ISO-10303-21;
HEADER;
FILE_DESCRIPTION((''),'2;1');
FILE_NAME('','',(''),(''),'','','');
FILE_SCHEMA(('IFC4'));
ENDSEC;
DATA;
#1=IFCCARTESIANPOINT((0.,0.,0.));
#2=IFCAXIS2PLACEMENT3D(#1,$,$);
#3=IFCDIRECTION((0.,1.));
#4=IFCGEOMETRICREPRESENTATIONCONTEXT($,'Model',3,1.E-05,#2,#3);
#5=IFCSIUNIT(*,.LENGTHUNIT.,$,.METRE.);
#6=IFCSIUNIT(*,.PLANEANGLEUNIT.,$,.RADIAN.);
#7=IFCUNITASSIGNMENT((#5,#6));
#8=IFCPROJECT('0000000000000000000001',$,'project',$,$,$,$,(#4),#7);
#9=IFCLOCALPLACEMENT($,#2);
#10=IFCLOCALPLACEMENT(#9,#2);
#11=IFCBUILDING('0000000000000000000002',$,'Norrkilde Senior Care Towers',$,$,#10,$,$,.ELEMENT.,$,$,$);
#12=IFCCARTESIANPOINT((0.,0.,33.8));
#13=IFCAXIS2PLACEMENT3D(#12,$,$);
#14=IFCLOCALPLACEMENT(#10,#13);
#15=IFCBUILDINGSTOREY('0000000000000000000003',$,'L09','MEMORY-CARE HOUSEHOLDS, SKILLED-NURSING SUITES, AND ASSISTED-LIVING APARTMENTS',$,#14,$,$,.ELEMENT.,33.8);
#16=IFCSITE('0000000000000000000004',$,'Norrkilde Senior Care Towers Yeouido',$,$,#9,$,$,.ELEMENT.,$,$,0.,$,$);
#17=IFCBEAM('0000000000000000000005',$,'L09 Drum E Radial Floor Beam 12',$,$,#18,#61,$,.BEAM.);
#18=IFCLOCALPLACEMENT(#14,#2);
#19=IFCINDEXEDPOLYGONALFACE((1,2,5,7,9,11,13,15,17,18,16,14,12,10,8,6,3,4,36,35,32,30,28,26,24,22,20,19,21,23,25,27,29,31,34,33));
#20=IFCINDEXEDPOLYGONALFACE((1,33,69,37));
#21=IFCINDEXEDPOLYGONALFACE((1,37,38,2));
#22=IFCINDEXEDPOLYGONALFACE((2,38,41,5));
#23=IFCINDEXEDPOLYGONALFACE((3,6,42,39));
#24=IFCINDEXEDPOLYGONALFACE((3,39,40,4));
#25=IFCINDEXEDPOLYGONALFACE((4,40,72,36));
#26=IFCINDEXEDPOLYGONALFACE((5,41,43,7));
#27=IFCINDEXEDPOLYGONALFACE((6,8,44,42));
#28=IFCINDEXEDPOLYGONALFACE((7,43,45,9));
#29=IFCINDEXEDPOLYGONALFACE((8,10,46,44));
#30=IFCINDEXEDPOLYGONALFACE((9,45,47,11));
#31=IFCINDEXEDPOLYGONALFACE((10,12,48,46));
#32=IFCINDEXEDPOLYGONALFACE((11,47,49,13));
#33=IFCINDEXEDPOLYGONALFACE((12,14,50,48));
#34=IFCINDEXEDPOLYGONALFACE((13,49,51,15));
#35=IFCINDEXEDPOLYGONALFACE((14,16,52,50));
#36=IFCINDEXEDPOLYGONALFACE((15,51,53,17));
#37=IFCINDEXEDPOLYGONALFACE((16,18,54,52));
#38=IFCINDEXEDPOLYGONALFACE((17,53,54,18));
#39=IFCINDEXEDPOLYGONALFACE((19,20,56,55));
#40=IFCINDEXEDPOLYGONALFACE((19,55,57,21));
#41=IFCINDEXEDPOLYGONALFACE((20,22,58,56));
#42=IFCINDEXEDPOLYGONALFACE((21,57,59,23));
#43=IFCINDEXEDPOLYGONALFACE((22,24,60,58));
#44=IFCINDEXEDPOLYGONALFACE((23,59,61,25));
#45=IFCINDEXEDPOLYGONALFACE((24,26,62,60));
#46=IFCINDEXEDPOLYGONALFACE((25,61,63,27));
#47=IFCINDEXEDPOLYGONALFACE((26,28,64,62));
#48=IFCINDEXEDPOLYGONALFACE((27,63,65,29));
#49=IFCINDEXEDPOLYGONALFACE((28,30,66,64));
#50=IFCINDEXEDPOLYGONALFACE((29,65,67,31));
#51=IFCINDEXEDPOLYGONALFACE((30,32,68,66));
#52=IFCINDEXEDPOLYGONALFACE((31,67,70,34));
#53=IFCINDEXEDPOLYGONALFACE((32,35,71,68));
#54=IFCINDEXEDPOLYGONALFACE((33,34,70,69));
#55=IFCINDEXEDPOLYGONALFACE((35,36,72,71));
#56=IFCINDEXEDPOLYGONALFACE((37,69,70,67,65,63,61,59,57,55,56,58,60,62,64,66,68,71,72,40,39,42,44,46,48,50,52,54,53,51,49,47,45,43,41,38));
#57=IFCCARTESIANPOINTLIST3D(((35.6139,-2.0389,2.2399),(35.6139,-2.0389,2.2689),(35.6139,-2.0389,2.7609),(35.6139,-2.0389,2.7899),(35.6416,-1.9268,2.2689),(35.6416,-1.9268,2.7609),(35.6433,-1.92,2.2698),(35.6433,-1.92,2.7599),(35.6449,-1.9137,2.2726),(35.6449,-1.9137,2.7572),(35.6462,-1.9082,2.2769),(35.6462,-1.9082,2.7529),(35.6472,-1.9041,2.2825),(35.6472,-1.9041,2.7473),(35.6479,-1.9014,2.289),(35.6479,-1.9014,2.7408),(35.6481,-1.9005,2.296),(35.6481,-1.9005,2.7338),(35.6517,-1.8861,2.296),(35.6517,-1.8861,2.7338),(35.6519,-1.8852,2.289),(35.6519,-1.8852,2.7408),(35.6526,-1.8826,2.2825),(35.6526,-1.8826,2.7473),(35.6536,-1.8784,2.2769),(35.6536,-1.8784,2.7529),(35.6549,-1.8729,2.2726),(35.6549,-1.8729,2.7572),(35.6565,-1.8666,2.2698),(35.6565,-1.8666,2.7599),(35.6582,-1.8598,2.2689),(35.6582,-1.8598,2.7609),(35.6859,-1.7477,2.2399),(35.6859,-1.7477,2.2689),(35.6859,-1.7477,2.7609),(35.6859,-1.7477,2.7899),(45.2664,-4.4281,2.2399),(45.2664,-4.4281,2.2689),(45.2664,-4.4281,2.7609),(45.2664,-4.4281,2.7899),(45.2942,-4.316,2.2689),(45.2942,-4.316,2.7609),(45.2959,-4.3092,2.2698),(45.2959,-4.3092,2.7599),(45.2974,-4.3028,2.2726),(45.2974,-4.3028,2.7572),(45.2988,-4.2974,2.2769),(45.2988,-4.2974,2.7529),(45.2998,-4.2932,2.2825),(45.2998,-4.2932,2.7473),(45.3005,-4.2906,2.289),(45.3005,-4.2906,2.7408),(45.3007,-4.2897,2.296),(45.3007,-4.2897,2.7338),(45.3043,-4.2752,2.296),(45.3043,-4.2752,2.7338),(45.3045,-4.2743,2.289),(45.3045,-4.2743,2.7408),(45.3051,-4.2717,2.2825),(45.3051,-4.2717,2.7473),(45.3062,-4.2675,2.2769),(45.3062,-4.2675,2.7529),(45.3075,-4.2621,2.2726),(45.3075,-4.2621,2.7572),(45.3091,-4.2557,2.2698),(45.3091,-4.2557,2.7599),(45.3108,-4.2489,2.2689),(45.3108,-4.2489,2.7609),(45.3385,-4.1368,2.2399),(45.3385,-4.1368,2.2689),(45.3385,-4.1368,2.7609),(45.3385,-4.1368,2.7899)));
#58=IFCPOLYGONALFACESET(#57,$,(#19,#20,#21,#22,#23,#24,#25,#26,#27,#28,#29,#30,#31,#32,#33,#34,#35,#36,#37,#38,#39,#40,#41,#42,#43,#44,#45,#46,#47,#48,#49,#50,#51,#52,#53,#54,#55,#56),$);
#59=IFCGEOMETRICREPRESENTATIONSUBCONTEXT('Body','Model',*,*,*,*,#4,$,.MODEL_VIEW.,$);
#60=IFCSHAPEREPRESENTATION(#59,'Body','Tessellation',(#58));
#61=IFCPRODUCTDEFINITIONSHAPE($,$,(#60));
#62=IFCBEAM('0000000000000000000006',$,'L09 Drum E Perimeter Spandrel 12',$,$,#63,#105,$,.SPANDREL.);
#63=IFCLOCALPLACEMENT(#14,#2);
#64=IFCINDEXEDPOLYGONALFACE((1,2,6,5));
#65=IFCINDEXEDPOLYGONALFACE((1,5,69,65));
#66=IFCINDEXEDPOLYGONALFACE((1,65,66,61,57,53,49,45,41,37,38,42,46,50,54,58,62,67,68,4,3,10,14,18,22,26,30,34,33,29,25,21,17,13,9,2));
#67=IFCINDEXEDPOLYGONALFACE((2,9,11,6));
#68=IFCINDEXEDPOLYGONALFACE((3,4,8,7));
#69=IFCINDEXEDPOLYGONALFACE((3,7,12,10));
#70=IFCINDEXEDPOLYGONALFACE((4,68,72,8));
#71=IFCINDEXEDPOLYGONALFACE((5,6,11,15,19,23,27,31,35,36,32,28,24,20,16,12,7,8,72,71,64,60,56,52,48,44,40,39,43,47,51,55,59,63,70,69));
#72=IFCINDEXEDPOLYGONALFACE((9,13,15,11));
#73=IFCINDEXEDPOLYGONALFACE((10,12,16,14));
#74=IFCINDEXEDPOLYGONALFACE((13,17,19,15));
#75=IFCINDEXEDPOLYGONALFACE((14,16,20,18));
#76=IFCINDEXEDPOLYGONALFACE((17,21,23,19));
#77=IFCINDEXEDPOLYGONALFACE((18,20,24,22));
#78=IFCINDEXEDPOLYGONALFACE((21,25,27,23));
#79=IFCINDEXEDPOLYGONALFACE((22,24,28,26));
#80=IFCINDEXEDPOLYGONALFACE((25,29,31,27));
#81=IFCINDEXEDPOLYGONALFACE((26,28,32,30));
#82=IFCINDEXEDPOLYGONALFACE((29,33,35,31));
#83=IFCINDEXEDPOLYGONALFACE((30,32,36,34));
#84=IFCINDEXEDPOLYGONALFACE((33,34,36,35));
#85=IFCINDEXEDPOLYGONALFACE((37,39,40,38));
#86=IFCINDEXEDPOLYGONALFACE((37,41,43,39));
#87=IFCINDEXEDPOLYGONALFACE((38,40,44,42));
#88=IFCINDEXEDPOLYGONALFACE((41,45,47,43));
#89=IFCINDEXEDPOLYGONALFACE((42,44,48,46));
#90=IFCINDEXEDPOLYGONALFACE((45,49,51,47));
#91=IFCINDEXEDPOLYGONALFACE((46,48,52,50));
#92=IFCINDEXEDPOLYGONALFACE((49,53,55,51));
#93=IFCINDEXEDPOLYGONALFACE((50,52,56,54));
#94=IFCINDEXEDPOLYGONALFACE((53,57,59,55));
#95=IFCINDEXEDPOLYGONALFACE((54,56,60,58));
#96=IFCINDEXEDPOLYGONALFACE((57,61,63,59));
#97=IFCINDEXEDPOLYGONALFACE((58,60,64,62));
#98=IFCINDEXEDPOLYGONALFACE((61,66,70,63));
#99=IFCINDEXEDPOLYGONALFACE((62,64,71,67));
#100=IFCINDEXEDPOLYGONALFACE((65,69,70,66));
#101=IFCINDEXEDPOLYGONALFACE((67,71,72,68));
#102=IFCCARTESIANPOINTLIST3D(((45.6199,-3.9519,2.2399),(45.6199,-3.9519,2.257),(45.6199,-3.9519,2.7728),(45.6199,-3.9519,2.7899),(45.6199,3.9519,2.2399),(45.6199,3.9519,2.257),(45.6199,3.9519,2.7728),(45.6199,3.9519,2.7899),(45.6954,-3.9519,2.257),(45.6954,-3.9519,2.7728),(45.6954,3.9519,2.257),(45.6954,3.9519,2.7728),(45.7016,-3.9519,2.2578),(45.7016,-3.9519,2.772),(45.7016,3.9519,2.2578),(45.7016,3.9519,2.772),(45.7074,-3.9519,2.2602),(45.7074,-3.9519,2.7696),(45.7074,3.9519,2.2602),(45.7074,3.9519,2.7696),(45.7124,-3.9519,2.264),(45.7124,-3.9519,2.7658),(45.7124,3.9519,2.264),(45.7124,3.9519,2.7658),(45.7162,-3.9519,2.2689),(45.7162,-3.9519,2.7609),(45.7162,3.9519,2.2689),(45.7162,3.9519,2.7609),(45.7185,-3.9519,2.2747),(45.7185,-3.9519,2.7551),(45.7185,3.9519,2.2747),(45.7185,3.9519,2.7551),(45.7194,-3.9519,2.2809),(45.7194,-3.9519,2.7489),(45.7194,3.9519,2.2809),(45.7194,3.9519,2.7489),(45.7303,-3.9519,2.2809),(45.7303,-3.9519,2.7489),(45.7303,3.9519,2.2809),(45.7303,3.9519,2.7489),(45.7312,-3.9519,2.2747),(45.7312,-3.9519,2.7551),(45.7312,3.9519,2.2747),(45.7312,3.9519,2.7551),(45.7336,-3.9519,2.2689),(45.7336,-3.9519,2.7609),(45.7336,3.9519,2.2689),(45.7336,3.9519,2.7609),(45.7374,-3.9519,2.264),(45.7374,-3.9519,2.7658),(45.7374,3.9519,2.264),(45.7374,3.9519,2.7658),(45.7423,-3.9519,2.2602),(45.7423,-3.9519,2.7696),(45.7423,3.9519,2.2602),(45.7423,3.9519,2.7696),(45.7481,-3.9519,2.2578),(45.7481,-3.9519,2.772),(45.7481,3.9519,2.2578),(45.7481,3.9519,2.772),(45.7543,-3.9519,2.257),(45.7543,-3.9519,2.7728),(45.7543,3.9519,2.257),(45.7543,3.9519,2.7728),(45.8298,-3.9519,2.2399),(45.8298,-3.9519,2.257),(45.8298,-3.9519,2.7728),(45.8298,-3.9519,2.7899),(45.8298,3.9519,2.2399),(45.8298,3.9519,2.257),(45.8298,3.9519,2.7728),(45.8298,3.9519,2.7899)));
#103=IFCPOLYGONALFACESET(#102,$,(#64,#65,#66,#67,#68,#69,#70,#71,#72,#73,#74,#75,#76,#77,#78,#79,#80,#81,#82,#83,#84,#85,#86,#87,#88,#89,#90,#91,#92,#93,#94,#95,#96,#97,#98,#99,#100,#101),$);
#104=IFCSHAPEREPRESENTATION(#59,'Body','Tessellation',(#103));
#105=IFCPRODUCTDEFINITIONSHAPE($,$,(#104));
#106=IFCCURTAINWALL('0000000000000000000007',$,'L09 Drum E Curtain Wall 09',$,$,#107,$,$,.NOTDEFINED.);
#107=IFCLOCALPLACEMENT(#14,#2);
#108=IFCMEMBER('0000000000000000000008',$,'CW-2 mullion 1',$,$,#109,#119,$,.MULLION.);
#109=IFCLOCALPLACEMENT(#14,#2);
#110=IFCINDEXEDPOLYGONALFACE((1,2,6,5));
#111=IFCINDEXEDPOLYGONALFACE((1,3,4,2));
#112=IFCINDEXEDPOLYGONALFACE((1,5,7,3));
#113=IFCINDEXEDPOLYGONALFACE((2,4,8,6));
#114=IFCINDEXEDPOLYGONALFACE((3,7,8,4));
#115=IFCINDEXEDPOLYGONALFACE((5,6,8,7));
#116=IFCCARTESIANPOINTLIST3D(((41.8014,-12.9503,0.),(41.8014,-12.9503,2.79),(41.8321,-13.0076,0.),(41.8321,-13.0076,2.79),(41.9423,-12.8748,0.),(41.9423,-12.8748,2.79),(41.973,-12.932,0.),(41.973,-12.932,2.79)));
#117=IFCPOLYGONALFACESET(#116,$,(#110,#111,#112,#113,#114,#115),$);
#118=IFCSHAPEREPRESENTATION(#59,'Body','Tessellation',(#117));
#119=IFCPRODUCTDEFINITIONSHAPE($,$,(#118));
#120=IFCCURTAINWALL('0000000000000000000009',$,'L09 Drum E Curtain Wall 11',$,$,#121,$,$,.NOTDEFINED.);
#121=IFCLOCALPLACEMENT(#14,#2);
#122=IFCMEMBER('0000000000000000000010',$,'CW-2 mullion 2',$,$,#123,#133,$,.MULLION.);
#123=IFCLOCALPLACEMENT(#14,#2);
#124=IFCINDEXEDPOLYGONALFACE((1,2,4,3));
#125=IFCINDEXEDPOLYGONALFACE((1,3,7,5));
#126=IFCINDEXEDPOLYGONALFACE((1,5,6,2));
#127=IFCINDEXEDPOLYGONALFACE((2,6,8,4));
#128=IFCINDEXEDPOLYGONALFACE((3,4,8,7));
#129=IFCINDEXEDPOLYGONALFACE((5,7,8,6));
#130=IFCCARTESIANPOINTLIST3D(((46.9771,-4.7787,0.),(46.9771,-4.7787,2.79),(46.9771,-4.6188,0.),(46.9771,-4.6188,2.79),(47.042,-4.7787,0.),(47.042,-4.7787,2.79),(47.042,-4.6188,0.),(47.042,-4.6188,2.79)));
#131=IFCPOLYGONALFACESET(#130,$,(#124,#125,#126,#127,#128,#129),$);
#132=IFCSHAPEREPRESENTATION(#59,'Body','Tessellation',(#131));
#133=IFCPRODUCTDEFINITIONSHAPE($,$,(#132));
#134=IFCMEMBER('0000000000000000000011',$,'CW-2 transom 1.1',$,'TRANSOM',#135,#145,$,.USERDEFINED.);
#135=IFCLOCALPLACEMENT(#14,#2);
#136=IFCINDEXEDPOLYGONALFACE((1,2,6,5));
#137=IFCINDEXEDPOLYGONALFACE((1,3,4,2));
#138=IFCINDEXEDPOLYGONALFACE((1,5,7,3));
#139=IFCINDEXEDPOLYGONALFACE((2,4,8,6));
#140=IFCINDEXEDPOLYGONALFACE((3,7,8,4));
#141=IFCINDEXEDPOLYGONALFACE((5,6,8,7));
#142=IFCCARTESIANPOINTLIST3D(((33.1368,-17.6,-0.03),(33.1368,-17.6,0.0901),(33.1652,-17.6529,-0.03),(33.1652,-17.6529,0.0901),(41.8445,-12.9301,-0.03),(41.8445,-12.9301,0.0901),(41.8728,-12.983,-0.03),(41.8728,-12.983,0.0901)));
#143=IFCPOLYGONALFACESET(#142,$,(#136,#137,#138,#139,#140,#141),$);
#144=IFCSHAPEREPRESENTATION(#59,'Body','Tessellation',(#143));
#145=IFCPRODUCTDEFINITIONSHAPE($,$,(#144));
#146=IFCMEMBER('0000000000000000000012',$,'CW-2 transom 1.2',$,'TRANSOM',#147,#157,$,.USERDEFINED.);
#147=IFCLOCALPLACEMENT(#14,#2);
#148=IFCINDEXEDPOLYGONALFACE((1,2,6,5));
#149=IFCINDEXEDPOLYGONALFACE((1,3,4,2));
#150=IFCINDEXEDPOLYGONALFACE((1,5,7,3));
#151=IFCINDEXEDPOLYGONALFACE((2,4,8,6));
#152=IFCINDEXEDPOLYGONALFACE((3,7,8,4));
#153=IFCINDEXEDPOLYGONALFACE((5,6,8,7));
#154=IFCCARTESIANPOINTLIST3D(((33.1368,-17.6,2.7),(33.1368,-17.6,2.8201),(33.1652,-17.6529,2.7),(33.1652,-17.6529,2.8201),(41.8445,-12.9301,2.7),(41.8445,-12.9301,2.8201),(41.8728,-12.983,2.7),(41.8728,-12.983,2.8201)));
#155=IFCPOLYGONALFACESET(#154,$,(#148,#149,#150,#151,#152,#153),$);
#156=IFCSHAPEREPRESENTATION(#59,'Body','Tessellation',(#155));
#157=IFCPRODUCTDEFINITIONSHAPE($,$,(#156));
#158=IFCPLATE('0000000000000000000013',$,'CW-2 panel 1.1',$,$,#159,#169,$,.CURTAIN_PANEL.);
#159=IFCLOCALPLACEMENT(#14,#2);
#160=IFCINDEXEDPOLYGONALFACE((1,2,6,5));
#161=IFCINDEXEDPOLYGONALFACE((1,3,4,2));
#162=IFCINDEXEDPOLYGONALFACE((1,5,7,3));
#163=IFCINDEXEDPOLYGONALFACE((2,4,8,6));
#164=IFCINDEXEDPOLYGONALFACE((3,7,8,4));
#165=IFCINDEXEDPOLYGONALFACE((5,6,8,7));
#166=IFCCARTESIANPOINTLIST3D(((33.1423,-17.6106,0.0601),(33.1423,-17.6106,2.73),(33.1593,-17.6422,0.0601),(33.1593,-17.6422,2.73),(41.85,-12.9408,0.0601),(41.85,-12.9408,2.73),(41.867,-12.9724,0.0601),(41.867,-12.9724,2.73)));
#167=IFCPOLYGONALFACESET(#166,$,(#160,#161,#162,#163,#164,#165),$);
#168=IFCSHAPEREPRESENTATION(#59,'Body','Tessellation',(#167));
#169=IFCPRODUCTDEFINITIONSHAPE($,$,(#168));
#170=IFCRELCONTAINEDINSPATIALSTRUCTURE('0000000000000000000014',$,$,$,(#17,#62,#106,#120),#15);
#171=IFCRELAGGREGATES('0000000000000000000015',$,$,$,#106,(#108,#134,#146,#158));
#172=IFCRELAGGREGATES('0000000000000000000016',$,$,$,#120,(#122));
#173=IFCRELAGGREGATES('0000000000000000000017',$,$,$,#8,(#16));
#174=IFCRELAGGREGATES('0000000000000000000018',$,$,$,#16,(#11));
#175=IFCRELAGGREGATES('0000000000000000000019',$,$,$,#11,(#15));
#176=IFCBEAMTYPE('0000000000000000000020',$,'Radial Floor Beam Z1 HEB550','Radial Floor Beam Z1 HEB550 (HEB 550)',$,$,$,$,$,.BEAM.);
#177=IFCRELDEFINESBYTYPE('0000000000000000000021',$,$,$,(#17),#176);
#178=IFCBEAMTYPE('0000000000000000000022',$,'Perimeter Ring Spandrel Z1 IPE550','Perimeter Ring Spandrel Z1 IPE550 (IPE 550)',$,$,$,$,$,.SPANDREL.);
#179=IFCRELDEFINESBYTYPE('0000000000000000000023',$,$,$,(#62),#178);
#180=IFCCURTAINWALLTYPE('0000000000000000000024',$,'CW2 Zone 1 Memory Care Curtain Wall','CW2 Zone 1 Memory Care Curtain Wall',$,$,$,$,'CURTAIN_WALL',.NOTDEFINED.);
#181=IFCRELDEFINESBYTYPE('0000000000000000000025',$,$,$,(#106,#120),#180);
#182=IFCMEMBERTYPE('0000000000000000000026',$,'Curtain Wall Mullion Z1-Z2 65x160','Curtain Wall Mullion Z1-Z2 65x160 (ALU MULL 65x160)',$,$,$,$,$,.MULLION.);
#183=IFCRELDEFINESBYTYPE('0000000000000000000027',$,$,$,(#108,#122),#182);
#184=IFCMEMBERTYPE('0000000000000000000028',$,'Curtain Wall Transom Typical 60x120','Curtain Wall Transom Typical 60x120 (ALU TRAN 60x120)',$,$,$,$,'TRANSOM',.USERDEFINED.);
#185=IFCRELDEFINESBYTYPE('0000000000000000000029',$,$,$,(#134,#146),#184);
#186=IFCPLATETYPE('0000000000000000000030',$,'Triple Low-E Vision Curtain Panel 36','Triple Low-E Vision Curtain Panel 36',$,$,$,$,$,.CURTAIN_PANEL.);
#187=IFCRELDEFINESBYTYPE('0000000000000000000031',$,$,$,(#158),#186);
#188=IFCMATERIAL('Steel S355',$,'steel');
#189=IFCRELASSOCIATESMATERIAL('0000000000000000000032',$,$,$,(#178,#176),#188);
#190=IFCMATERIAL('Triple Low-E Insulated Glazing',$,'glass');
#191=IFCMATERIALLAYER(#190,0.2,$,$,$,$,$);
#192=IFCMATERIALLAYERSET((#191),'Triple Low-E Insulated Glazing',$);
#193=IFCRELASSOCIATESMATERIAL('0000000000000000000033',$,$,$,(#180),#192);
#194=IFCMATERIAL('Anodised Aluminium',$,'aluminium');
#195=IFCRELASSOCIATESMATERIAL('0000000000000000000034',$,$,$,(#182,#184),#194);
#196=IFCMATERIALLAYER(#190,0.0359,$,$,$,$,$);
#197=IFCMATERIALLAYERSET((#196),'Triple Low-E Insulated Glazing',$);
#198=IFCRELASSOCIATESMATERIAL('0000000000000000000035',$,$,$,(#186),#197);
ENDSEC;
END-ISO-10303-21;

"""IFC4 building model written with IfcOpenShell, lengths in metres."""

from ifc_helpers import new_model, si_unit, direction, frame, origin, origin_2d, place, context, subcontext, project, spatial, rectangle, i_section, extrude, source, transform, mapped, material, layer, layer_set, material_profile, profile_set, type_object, type_shapes, element, aggregate, save


model = new_model("IFC4")

# Units and contexts
model_context = context("Model", 3, precision=1e-05, world=origin(), true_north=direction((0.0, 1.0)))
body_context = subcontext(model_context, "Body", "Model", "MODEL_VIEW")
ifc_project = project(units=[si_unit("LENGTHUNIT", "METRE"), si_unit("PLANEANGLEUNIT", "RADIAN")], contexts=[model_context])

# Site, building, storey
site_placement = place(None, origin())
site = spatial("IfcSite", under=ifc_project, at=site_placement, Name="Norrkilde Senior Care Towers Yeouido", CompositionType="ELEMENT", RefElevation=0.0)
building_placement = place(site_placement, origin())
building = spatial("IfcBuilding", under=site, at=building_placement, Name="Norrkilde Senior Care Towers", CompositionType="ELEMENT")
storey_placement = place(building_placement, frame((0.0, 0.0, 33.8)))
storey = spatial("IfcBuildingStorey", under=building, at=storey_placement, Name="L09", Description="MEMORY-CARE HOUSEHOLDS, SKILLED-NURSING SUITES, AND ASSISTED-LIVING APARTMENTS", CompositionType="ELEMENT", Elevation=33.8)

# Beams
ifc_material_1 = material(Name="Steel S355", Category="steel")
ifc_material_profile_1 = material_profile(ifc_material_1, i_section(OverallWidth=0.21, OverallDepth=0.55, WebThickness=0.011, FlangeThickness=0.0171, FilletRadius=0.0239, at=origin_2d()), Name="IPE 550")
ifc_profile_set_1 = profile_set([ifc_material_profile_1], Name="Steel S355")
beam_type_1 = type_object("IfcBeamType", Name="Perimeter Ring Spandrel Z1 IPE550", Description="Perimeter Ring Spandrel Z1 IPE550 (IPE 550)", PredefinedType="SPANDREL", material=ifc_profile_set_1)
ifc_material_profile_2 = material_profile(ifc_material_1, i_section(OverallWidth=0.3, OverallDepth=0.55, WebThickness=0.0149, FlangeThickness=0.0291, FilletRadius=0.0271, at=origin_2d()), Name="HEB 550")
ifc_profile_set_2 = profile_set([ifc_material_profile_2], Name="Steel S355")
beam_type_2 = type_object("IfcBeamType", Name="Radial Floor Beam Z1 HEB550", Description="Radial Floor Beam Z1 HEB550 (HEB 550)", PredefinedType="BEAM", material=ifc_profile_set_2)
shared_shape_1 = source(origin(), body_context, "Body", "SweptSolid", [
    extrude(i_section(OverallWidth=0.3, OverallDepth=0.55, WebThickness=0.0149, FlangeThickness=0.0291, FilletRadius=0.0271, at=origin_2d()), origin(), (0.0, 0.0, 1.0), 9.9438),
])
type_shapes(beam_type_2, [shared_shape_1])
beam_1_placement = place(storey_placement, frame((35.6499, -1.8933, 2.5149), z_axis=(0.970707, -0.240265, 0.0), x_axis=(0.240265, 0.970707, 0.0)))
element("IfcBeam", 1, at=beam_1_placement, inside=storey, type_object=beam_type_2, Name="L09 Drum E Radial Floor Beam 12", PredefinedType="BEAM", context=body_context, shape_type="MappedRepresentation", body=[
    mapped(shared_shape_1, transform((0.0, 0.0, 0.0), x_axis=(1.0, 0.0, 0.0), y_axis=(0.0, 1.0, 0.0), z_axis=(0.0, 0.0, 1.0), scale=1.0)),
])
shared_shape_2 = source(origin(), body_context, "Body", "SweptSolid", [
    extrude(i_section(OverallWidth=0.21, OverallDepth=0.55, WebThickness=0.011, FlangeThickness=0.0171, FilletRadius=0.0239, at=origin_2d()), origin(), (0.0, 0.0, 1.0), 7.9038),
])
beam_2_placement = place(storey_placement, frame((45.7249, -3.9519, 2.5149), z_axis=(0.0, 1.0, 0.0), x_axis=(-1.0, 0.0, 0.0)))
element("IfcBeam", 2, at=beam_2_placement, inside=storey, type_object=beam_type_1, Name="L09 Drum E Perimeter Spandrel 12", PredefinedType="SPANDREL", context=body_context, shape_type="MappedRepresentation", body=[
    mapped(shared_shape_2, transform((0.0, 0.0, 0.0), x_axis=(1.0, 0.0, 0.0), y_axis=(0.0, 1.0, 0.0), z_axis=(0.0, 0.0, 1.0), scale=1.0)),
])

# Curtain walls, members
ifc_material_2 = material(Name="Triple Low-E Insulated Glazing", Category="glass")
ifc_layer_1 = layer(ifc_material_2, 0.2)
ifc_layer_set_1 = layer_set([ifc_layer_1], Name="Triple Low-E Insulated Glazing")
curtain_wall_type = type_object("IfcCurtainWallType", Name="CW2 Zone 1 Memory Care Curtain Wall", Description="CW2 Zone 1 Memory Care Curtain Wall", ElementType="CURTAIN_WALL", PredefinedType="NOTDEFINED", material=ifc_layer_set_1)
curtain_wall_1_placement = place(storey_placement, origin())
curtain_wall_1 = element("IfcCurtainWall", 3, at=curtain_wall_1_placement, inside=storey, type_object=curtain_wall_type, Name="L09 Drum E Curtain Wall 09", PredefinedType="NOTDEFINED")
ifc_material_3 = material(Name="Anodised Aluminium", Category="aluminium")
ifc_material_profile_3 = material_profile(ifc_material_3, rectangle(XDim=0.0649, YDim=0.1599, at=origin_2d()), Name="ALU MULL 65x160")
ifc_profile_set_3 = profile_set([ifc_material_profile_3], Name="Anodised Aluminium")
member_type_1 = type_object("IfcMemberType", Name="Curtain Wall Mullion Z1-Z2 65x160", Description="Curtain Wall Mullion Z1-Z2 65x160 (ALU MULL 65x160)", PredefinedType="MULLION", material=ifc_profile_set_3)
shared_shape_3 = source(origin(), body_context, "Body", "SweptSolid", [
    extrude(rectangle(XDim=0.0649, YDim=0.1599, at=origin_2d()), origin(), (0.0, 0.0, 1.0), 2.79),
])
type_shapes(member_type_1, [shared_shape_3])
member_1_placement = place(storey_placement, frame((41.8872, -12.9412, 0.0), z_axis=(0.0, 0.0, 1.0), x_axis=(0.472608, -0.881273, 0.0)))
member_1 = element("IfcMember", 4, at=member_1_placement, type_object=member_type_1, Name="CW-2 mullion 1", PredefinedType="MULLION", context=body_context, shape_type="MappedRepresentation", body=[
    mapped(shared_shape_3, transform((0.0, 0.0, 0.0), x_axis=(1.0, 0.0, 0.0), y_axis=(0.0, 1.0, 0.0), z_axis=(0.0, 0.0, 1.0), scale=1.0)),
])
curtain_wall_2_placement = place(storey_placement, origin())
curtain_wall_2 = element("IfcCurtainWall", 5, at=curtain_wall_2_placement, inside=storey, type_object=curtain_wall_type, Name="L09 Drum E Curtain Wall 11", PredefinedType="NOTDEFINED")
member_2_placement = place(storey_placement, frame((47.0095, -4.6987, 0.0), z_axis=(0.0, 0.0, 1.0), x_axis=(1.0, 0.0, 0.0)))
member_2 = element("IfcMember", 6, at=member_2_placement, type_object=member_type_1, Name="CW-2 mullion 2", PredefinedType="MULLION", context=body_context, shape_type="MappedRepresentation", body=[
    mapped(shared_shape_3, transform((0.0, 0.0, 0.0), x_axis=(1.0, 0.0, 0.0), y_axis=(0.0, 1.0, 0.0), z_axis=(0.0, 0.0, 1.0), scale=1.0)),
])

# Members
ifc_material_profile_4 = material_profile(ifc_material_3, rectangle(XDim=0.0601, YDim=0.1201, at=origin_2d()), Name="ALU TRAN 60x120")
ifc_profile_set_4 = profile_set([ifc_material_profile_4], Name="Anodised Aluminium")
member_type_2 = type_object("IfcMemberType", Name="Curtain Wall Transom Typical 60x120", Description="Curtain Wall Transom Typical 60x120 (ALU TRAN 60x120)", ElementType="TRANSOM", PredefinedType="USERDEFINED", material=ifc_profile_set_4)
shared_shape_4 = source(origin(), body_context, "Body", "SweptSolid", [
    extrude(rectangle(XDim=0.0601, YDim=0.1201, at=origin_2d()), origin(), (0.0, 0.0, 1.0), 9.8809),
])
type_shapes(member_type_2, [shared_shape_4])
member_3_placement = place(storey_placement, frame((41.8586, -12.9565, 0.03), z_axis=(-0.881267, -0.472618, 0.0), x_axis=(0.472618, -0.881267, 0.0)))
member_3 = element("IfcMember", 7, at=member_3_placement, type_object=member_type_2, Name="CW-2 transom 1.1", ObjectType="TRANSOM", PredefinedType="USERDEFINED", context=body_context, shape_type="MappedRepresentation", body=[
    mapped(shared_shape_4, transform((0.0, 0.0, 0.0), x_axis=(1.0, 0.0, 0.0), y_axis=(0.0, 1.0, 0.0), z_axis=(0.0, 0.0, 1.0), scale=1.0)),
])
member_4_placement = place(storey_placement, frame((41.8586, -12.9565, 2.76), z_axis=(-0.881267, -0.472618, 0.0), x_axis=(0.472618, -0.881267, 0.0)))
member_4 = element("IfcMember", 8, at=member_4_placement, type_object=member_type_2, Name="CW-2 transom 1.2", ObjectType="TRANSOM", PredefinedType="USERDEFINED", context=body_context, shape_type="MappedRepresentation", body=[
    mapped(shared_shape_4, transform((0.0, 0.0, 0.0), x_axis=(1.0, 0.0, 0.0), y_axis=(0.0, 1.0, 0.0), z_axis=(0.0, 0.0, 1.0), scale=1.0)),
])

# Plate
ifc_layer_2 = layer(ifc_material_2, 0.0359)
ifc_layer_set_2 = layer_set([ifc_layer_2], Name="Triple Low-E Insulated Glazing")
plate_type = type_object("IfcPlateType", Name="Triple Low-E Vision Curtain Panel 36", Description="Triple Low-E Vision Curtain Panel 36", PredefinedType="CURTAIN_PANEL", material=ifc_layer_set_2)
shared_shape_5 = source(origin(), body_context, "Body", "SweptSolid", [
    extrude(rectangle(XDim=9.8809, YDim=0.0359, at=origin_2d()), origin(), (0.0, 0.0, 1.0), 2.6699),
])
plate_1_placement = place(storey_placement, frame((37.5046, -15.2915, 0.0601), z_axis=(0.0, 0.0, 1.0), x_axis=(-0.881273, -0.472608, 0.0)))
plate_1 = element("IfcPlate", 9, at=plate_1_placement, type_object=plate_type, Name="CW-2 panel 1.1", PredefinedType="CURTAIN_PANEL", context=body_context, shape_type="MappedRepresentation", body=[
    mapped(shared_shape_5, transform((0.0, 0.0, 0.0), x_axis=(1.0, 0.0, 0.0), y_axis=(0.0, 1.0, 0.0), z_axis=(0.0, 0.0, 1.0), scale=1.0)),
])
aggregate(curtain_wall_1, [member_1, member_3, member_4, plate_1])
aggregate(curtain_wall_2, [member_2])

save(model, "model.ifc")
